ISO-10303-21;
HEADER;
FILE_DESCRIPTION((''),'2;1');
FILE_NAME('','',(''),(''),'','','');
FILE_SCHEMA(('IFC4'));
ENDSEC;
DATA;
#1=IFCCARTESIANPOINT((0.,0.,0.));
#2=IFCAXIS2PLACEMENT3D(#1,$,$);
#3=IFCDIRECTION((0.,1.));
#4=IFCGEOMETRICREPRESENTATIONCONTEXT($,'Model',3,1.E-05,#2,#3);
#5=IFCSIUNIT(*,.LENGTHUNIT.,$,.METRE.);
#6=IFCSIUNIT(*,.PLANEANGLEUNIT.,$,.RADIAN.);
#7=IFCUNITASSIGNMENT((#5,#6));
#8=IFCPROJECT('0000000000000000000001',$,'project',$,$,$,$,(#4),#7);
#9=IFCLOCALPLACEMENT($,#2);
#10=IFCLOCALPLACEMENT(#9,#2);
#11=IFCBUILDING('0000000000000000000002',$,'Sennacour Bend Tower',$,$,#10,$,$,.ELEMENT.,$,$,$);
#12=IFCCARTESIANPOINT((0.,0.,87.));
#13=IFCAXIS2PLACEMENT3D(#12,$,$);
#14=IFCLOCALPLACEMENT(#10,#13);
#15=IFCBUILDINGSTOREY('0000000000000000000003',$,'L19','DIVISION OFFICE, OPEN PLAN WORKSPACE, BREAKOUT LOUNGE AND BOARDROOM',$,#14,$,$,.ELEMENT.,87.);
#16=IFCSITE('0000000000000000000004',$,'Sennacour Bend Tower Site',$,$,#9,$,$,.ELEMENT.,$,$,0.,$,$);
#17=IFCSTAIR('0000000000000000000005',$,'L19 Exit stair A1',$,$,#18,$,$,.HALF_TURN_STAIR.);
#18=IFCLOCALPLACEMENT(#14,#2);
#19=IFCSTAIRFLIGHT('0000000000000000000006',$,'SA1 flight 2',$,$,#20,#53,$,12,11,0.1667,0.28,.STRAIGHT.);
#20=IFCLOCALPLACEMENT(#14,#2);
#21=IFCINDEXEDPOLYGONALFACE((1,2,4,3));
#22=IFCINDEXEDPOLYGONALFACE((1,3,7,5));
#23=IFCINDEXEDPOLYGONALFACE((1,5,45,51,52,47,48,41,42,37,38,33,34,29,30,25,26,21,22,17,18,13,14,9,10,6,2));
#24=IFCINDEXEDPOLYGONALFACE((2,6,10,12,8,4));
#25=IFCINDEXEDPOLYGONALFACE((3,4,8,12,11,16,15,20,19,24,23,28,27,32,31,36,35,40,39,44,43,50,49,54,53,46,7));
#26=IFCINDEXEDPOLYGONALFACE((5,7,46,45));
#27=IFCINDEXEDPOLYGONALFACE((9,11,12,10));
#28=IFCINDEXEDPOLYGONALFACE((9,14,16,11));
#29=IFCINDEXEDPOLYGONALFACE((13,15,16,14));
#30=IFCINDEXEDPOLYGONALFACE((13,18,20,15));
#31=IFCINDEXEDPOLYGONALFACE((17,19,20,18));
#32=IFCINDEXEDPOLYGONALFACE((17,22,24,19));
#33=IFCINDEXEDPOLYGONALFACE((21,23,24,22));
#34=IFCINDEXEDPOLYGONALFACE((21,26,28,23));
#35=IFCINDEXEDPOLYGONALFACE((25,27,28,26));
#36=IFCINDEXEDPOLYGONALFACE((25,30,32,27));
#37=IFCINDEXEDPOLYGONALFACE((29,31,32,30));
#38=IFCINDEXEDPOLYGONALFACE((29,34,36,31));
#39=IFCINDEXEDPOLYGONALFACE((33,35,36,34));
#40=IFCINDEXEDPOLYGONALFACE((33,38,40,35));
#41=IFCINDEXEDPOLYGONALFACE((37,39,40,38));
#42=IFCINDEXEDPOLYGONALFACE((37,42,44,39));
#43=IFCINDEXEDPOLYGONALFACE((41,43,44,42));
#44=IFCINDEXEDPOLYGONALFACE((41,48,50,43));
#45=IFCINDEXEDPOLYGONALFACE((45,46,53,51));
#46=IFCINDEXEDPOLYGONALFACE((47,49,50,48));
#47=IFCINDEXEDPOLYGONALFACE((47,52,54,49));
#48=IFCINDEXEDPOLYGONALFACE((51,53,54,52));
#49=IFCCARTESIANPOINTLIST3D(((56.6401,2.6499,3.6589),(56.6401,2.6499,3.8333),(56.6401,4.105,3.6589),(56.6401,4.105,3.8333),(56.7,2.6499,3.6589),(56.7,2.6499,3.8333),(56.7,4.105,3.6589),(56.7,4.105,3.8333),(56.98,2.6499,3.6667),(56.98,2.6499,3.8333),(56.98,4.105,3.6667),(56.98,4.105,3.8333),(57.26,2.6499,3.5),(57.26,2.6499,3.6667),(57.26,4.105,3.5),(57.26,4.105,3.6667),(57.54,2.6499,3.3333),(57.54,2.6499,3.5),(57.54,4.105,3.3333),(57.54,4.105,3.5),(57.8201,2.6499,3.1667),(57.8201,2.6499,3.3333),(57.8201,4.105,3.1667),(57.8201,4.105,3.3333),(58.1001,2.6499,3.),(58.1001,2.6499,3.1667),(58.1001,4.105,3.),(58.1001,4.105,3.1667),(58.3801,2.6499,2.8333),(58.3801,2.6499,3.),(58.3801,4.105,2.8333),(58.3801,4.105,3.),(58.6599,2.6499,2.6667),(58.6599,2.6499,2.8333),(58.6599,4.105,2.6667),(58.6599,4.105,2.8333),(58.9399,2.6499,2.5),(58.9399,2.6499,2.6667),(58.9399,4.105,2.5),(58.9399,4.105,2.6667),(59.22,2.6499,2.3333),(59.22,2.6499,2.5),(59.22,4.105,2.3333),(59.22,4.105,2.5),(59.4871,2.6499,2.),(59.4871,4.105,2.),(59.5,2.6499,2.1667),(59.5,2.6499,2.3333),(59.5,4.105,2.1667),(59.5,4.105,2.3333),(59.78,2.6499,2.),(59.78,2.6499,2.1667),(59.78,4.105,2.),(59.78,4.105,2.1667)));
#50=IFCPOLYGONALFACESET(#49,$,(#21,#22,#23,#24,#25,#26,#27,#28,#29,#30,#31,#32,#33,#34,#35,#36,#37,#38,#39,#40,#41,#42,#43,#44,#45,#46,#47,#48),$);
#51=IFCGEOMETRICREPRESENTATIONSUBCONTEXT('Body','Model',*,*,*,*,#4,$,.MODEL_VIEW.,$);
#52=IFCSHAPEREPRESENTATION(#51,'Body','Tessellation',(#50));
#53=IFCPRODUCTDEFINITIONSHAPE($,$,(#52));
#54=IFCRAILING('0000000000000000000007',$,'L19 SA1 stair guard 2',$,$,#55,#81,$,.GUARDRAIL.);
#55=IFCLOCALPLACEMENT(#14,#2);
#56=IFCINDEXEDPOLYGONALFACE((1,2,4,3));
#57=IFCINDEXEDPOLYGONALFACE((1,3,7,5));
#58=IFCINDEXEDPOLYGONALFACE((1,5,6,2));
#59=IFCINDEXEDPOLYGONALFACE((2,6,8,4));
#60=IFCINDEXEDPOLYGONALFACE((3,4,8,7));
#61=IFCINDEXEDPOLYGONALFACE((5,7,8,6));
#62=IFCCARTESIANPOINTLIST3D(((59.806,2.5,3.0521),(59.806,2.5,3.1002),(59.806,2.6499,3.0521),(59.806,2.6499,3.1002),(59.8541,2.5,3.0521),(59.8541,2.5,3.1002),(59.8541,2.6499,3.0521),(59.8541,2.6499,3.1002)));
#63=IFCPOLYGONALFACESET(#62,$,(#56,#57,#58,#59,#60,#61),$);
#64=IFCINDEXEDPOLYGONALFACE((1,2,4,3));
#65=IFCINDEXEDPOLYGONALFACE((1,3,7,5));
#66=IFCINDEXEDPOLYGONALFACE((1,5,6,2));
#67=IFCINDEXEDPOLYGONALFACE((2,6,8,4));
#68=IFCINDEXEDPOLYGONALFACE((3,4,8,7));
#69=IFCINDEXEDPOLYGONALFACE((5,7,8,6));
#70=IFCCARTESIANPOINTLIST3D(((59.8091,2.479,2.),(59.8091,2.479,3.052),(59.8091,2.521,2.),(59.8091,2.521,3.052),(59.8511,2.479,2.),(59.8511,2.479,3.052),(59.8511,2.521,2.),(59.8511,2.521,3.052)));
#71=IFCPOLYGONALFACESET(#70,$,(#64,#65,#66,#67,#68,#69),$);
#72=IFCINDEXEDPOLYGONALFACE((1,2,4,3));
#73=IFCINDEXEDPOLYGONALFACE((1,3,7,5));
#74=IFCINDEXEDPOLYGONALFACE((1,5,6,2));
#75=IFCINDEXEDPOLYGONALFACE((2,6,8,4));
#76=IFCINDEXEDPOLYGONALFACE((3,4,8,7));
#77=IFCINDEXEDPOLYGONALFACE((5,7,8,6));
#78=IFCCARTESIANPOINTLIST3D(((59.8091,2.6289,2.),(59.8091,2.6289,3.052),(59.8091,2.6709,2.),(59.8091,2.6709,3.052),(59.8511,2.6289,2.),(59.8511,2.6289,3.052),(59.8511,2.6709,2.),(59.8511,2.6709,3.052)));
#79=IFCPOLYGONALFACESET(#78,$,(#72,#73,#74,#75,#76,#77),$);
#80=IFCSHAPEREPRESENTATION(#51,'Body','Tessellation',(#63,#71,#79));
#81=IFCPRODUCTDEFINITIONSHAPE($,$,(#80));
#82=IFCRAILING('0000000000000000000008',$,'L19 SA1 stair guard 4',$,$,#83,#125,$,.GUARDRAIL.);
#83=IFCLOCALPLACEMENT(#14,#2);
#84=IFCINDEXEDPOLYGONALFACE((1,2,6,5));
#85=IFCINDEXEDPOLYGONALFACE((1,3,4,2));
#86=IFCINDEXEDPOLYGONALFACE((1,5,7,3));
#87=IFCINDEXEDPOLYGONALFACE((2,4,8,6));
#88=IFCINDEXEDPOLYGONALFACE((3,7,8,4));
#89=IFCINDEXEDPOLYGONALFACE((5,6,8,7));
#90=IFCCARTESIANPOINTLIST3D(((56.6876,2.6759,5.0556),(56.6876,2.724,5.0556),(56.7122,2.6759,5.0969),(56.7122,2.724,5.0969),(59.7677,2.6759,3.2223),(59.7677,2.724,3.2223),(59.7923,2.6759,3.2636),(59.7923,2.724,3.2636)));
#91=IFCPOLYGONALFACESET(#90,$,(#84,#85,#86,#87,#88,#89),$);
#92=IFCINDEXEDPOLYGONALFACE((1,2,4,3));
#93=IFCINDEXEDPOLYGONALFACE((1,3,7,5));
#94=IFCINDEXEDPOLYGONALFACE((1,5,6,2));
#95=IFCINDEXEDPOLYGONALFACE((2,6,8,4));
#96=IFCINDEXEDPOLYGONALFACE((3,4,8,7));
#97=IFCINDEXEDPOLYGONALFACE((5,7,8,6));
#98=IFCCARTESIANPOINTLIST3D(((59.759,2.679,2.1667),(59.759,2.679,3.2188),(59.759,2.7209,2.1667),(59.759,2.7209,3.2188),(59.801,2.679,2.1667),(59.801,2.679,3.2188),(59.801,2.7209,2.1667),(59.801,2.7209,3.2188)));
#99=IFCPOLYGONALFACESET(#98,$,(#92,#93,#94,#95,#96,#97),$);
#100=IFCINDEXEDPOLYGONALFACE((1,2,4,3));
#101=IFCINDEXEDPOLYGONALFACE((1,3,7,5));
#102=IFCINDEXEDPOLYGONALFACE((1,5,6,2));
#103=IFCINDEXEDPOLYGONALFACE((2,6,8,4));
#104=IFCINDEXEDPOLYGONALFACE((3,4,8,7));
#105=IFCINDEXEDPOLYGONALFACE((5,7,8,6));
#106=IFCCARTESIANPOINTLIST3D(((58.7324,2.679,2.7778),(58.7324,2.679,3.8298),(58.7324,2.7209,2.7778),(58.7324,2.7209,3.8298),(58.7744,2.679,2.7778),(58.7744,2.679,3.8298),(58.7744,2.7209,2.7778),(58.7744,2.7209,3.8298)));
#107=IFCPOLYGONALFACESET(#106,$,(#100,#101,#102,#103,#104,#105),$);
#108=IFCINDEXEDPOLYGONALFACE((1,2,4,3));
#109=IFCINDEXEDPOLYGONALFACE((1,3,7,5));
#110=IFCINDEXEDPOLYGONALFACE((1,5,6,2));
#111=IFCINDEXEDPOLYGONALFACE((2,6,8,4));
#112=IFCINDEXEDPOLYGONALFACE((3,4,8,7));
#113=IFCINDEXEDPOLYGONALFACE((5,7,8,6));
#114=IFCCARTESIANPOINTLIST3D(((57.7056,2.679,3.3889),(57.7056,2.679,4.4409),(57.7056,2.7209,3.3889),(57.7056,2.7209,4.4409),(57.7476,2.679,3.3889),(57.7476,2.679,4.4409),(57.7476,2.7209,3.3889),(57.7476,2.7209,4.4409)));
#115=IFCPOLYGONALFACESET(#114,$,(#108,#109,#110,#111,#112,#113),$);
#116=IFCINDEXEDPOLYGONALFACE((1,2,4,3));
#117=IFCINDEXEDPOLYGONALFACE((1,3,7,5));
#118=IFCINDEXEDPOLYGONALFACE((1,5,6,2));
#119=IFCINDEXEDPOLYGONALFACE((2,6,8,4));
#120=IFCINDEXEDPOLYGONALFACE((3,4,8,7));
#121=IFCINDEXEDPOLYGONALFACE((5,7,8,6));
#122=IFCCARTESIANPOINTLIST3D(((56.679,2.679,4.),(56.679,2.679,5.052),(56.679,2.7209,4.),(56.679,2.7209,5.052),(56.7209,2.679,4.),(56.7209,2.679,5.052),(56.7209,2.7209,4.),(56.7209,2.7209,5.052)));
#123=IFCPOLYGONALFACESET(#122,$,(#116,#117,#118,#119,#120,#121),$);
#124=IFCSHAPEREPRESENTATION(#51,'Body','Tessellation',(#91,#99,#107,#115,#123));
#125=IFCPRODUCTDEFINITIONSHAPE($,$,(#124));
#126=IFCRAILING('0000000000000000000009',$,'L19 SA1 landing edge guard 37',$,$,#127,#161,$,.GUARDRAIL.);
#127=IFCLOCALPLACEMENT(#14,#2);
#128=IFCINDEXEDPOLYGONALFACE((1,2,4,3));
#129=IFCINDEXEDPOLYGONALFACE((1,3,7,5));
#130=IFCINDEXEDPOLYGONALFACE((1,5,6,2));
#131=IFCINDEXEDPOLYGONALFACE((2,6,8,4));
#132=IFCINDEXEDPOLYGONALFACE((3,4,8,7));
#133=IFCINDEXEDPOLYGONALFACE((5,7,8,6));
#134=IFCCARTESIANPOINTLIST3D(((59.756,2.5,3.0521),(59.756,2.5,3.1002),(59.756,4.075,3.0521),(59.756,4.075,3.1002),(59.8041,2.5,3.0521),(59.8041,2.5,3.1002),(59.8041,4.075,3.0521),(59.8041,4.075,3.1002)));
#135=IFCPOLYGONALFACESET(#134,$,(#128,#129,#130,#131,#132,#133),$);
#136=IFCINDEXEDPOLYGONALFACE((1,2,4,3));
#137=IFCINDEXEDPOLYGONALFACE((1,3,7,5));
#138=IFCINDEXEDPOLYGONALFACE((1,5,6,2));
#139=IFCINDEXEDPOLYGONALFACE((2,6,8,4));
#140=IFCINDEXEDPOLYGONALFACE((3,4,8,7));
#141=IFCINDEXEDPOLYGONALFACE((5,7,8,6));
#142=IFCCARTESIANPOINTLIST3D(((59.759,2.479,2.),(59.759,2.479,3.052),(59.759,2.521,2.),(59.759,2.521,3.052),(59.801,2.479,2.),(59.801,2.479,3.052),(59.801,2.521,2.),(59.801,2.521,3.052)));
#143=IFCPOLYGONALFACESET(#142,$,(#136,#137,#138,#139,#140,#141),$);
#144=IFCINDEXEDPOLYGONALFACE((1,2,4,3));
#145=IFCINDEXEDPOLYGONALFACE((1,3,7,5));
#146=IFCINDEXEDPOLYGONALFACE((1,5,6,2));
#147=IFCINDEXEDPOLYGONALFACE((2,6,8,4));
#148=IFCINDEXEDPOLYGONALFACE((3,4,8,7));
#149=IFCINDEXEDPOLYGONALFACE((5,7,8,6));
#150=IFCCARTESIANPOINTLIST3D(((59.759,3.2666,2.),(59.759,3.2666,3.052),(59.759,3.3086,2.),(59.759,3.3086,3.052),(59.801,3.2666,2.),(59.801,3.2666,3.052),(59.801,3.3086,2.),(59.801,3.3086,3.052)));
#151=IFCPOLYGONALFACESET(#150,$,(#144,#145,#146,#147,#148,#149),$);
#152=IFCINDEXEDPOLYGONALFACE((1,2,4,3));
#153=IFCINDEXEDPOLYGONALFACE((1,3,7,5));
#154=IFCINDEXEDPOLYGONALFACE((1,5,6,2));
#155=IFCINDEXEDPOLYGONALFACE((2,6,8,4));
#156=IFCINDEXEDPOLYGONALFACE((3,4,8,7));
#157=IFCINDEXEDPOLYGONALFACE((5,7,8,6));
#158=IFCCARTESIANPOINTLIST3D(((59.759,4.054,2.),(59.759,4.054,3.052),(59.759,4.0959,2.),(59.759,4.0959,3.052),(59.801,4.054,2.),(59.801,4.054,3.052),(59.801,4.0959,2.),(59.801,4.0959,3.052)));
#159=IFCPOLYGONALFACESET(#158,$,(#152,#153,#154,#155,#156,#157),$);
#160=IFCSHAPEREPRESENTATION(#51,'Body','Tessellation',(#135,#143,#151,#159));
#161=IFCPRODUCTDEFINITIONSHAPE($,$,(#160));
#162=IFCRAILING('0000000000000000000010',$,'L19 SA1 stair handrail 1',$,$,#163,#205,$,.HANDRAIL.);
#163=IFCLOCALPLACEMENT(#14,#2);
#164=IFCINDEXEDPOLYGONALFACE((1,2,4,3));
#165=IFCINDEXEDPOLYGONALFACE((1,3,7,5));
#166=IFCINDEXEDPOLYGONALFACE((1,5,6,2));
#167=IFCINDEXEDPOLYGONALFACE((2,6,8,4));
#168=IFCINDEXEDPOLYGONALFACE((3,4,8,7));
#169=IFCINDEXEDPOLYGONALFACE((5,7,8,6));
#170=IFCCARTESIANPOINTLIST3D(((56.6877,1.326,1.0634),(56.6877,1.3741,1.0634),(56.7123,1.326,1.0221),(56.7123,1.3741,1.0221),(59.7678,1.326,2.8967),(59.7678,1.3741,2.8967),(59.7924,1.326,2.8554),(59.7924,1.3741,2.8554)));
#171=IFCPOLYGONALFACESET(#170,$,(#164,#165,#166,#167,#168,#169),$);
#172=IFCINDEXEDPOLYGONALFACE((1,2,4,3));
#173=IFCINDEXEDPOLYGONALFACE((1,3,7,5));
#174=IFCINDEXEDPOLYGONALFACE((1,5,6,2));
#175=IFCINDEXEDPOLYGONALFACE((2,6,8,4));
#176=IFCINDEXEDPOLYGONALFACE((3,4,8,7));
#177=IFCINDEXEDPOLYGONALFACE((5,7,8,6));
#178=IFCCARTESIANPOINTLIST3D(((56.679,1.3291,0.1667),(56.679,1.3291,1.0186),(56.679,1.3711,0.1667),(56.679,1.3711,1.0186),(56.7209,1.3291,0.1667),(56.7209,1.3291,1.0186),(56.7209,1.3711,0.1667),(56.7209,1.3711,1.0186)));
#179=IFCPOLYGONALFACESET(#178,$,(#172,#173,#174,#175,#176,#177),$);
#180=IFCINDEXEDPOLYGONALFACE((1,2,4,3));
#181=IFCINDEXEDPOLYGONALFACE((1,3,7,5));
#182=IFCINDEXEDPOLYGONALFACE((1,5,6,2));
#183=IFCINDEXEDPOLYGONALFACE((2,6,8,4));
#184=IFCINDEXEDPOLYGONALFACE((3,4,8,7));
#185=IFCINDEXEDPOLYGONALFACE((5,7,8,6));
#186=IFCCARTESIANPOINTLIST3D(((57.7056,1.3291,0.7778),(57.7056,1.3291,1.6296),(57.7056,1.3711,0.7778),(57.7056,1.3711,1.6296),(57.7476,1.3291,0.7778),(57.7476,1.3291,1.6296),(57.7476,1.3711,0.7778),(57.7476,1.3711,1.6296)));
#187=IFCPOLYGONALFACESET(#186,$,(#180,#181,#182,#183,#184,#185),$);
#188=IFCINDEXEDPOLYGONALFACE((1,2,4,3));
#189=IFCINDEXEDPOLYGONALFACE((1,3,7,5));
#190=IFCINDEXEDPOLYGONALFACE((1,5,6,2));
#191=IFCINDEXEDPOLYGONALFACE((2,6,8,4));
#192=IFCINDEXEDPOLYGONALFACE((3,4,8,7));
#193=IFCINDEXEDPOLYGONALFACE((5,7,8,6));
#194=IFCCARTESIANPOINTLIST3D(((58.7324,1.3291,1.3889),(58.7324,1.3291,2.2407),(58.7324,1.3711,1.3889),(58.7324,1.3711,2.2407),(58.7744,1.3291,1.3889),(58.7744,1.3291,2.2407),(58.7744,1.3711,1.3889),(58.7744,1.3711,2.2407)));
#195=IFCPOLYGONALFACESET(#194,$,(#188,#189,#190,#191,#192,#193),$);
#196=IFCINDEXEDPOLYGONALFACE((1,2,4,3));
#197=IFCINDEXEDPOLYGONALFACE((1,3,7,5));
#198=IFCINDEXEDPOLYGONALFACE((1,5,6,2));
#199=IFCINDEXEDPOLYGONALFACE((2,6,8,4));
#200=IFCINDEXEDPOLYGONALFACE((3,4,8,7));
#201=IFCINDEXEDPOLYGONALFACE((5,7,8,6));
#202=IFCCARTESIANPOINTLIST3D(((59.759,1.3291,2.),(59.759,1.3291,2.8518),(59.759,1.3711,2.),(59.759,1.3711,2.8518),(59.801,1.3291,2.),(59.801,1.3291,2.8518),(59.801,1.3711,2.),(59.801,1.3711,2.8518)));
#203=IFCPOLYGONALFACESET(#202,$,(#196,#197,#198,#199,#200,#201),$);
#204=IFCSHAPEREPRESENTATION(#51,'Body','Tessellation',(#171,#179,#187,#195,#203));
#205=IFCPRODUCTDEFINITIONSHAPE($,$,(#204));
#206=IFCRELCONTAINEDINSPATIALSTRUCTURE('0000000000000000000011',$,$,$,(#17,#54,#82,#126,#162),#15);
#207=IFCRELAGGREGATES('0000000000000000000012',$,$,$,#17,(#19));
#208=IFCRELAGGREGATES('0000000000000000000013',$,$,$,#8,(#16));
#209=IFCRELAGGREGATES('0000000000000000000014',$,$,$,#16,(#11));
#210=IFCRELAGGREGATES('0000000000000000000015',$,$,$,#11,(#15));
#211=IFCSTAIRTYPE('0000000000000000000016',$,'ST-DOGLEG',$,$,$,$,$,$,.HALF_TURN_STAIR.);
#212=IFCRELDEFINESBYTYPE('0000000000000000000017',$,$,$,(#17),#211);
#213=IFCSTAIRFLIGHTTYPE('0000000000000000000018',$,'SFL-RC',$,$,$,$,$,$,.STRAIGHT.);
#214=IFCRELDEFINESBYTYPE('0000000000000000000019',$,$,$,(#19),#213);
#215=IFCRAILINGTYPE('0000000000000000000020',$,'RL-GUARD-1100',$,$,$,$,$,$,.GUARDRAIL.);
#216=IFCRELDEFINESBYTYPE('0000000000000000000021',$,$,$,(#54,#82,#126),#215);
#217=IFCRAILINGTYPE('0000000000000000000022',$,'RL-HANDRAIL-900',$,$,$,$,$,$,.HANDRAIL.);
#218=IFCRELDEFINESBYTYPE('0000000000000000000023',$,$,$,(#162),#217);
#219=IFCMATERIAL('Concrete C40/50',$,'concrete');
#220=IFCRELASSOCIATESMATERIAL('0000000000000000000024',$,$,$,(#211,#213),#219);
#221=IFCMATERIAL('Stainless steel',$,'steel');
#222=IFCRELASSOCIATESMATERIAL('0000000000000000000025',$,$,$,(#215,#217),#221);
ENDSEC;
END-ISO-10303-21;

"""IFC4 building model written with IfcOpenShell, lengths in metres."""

from ifc_helpers import new_model, si_unit, direction, frame, origin, origin_2d, place, context, subcontext, project, spatial, polyline, rectangle, outline, extrude, material, type_object, element, aggregate, save


model = new_model("IFC4")

# Units and contexts
model_context = context("Model", 3, precision=1e-05, world=origin(), true_north=direction((0.0, 1.0)))
body_context = subcontext(model_context, "Body", "Model", "MODEL_VIEW")
ifc_project = project(units=[si_unit("LENGTHUNIT", "METRE"), si_unit("PLANEANGLEUNIT", "RADIAN")], contexts=[model_context])

# Site, building, storey
site_placement = place(None, origin())
site = spatial("IfcSite", under=ifc_project, at=site_placement, Name="Sennacour Bend Tower Site", CompositionType="ELEMENT", RefElevation=0.0)
building_placement = place(site_placement, origin())
building = spatial("IfcBuilding", under=site, at=building_placement, Name="Sennacour Bend Tower", CompositionType="ELEMENT")
storey_placement = place(building_placement, frame((0.0, 0.0, 87.0)))
storey = spatial("IfcBuildingStorey", under=building, at=storey_placement, Name="L19", Description="DIVISION OFFICE, OPEN PLAN WORKSPACE, BREAKOUT LOUNGE AND BOARDROOM", CompositionType="ELEMENT", Elevation=87.0)

# Shared definitions
ifc_material_1 = material(Name="Stainless steel", Category="steel")

# Stair, stair flight
ifc_material_2 = material(Name="Concrete C40/50", Category="concrete")
stair_type = type_object("IfcStairType", Name="ST-DOGLEG", PredefinedType="HALF_TURN_STAIR", material=ifc_material_2)
stair_placement = place(storey_placement, origin())
stair = element("IfcStair", 1, at=stair_placement, inside=storey, type_object=stair_type, Name="L19 Exit stair A1", PredefinedType="HALF_TURN_STAIR")
stair_flight_type = type_object("IfcStairFlightType", Name="SFL-RC", PredefinedType="STRAIGHT", material=ifc_material_2)
stair_flight_placement = place(storey_placement, frame((59.78, 3.3774, 2.0), z_axis=(0.0, 0.0, 1.0), x_axis=(-1.0, 0.0, 0.0)))
stair_flight = element("IfcStairFlight", 2, at=stair_flight_placement, type_object=stair_flight_type, Name="SA1 flight 2", NumberOfRisers=12, NumberOfTreads=11, PredefinedType="STRAIGHT", RiserHeight=0.1667, TreadLength=0.28, context=body_context, shape_type="SweptSolid", body=[
    extrude(outline(polyline([(0.0, 0.0), (0.0, 0.1667), (0.28, 0.1667), (0.28, 0.3333), (0.5601, 0.3333), (0.5601, 0.5), (0.8401, 0.5), (0.8401, 0.6667), (1.1201, 0.6667), (1.1201, 0.8333), (1.3999, 0.8333), (1.3999, 1.0), (1.6799, 1.0), (1.6799, 1.1667), (1.96, 1.1667), (1.96, 1.3333), (2.24, 1.3333), (2.24, 1.5), (2.52, 1.5), (2.52, 1.6667), (2.8, 1.6667), (2.8, 1.8333), (3.0801, 1.8333), (3.1399, 1.8333), (3.1399, 1.6589), (3.0801, 1.6589), (0.293, 0.0), (0.0, 0.0)])), frame((0.0, 0.7275, 0.0), z_axis=(0.0, -1.0, 0.0), x_axis=(1.0, 0.0, 0.0)), (0.0, 0.0, 1.0), 1.4551),
])
aggregate(stair, [stair_flight])

# Railings
railing_type_1 = type_object("IfcRailingType", Name="RL-GUARD-1100", PredefinedType="GUARDRAIL", material=ifc_material_1)
railing_1_placement = place(storey_placement, frame((59.8301, 2.5, 2.0)))
element("IfcRailing", 3, at=railing_1_placement, inside=storey, type_object=railing_type_1, Name="L19 SA1 stair guard 2", PredefinedType="GUARDRAIL", context=body_context, shape_type="SweptSolid", body=[
    extrude(rectangle(XDim=0.0481, YDim=0.0481, at=origin_2d()), frame((0.0, 0.0, 1.0762), z_axis=(0.0, 1.0, 0.0), x_axis=(-1.0, 0.0, 0.0)), (0.0, 0.0, 1.0), 0.1499),
    extrude(rectangle(XDim=0.042, YDim=0.042, at=origin_2d()), origin(), (0.0, 0.0, 1.0), 1.052),
    extrude(rectangle(XDim=0.042, YDim=0.042, at=origin_2d()), frame((0.0, 0.1499, 0.0)), (0.0, 0.0, 1.0), 1.052),
])
railing_2_placement = place(storey_placement, frame((59.78, 2.7, 2.1667)))
element("IfcRailing", 4, at=railing_2_placement, inside=storey, type_object=railing_type_1, Name="L19 SA1 stair guard 4", PredefinedType="GUARDRAIL", context=body_context, shape_type="SweptSolid", body=[
    extrude(rectangle(XDim=0.0481, YDim=0.0481, at=origin_2d()), frame((0.0, 0.0, 1.0762), z_axis=(-0.859309, 0.0, 0.511458), x_axis=(0.0, -1.0, 0.0)), (0.0, 0.0, 1.0), 3.5845),
    extrude(rectangle(XDim=0.042, YDim=0.042, at=origin_2d()), origin(), (0.0, 0.0, 1.0), 1.052),
    extrude(rectangle(XDim=0.042, YDim=0.042, at=origin_2d()), frame((-1.0266, 0.0, 0.6111)), (0.0, 0.0, 1.0), 1.052),
    extrude(rectangle(XDim=0.042, YDim=0.042, at=origin_2d()), frame((-2.0535, 0.0, 1.2222)), (0.0, 0.0, 1.0), 1.052),
    extrude(rectangle(XDim=0.042, YDim=0.042, at=origin_2d()), frame((-3.0801, 0.0, 1.8333)), (0.0, 0.0, 1.0), 1.052),
])
railing_3_placement = place(storey_placement, frame((59.78, 2.5, 2.0)))
element("IfcRailing", 5, at=railing_3_placement, inside=storey, type_object=railing_type_1, Name="L19 SA1 landing edge guard 37", PredefinedType="GUARDRAIL", context=body_context, shape_type="SweptSolid", body=[
    extrude(rectangle(XDim=0.0481, YDim=0.0481, at=origin_2d()), frame((0.0, 0.0, 1.0762), z_axis=(0.0, 1.0, 0.0), x_axis=(-1.0, 0.0, 0.0)), (0.0, 0.0, 1.0), 1.575),
    extrude(rectangle(XDim=0.042, YDim=0.042, at=origin_2d()), origin(), (0.0, 0.0, 1.0), 1.052),
    extrude(rectangle(XDim=0.042, YDim=0.042, at=origin_2d()), frame((0.0, 0.7876, 0.0)), (0.0, 0.0, 1.0), 1.052),
    extrude(rectangle(XDim=0.042, YDim=0.042, at=origin_2d()), frame((0.0, 1.575, 0.0)), (0.0, 0.0, 1.0), 1.052),
])
railing_type_2 = type_object("IfcRailingType", Name="RL-HANDRAIL-900", PredefinedType="HANDRAIL", material=ifc_material_1)
railing_4_placement = place(storey_placement, frame((56.7, 1.3501, 0.1667)))
element("IfcRailing", 6, at=railing_4_placement, inside=storey, type_object=railing_type_2, Name="L19 SA1 stair handrail 1", PredefinedType="HANDRAIL", context=body_context, shape_type="SweptSolid", body=[
    extrude(rectangle(XDim=0.0481, YDim=0.0481, at=origin_2d()), frame((0.0, 0.0, 0.876), z_axis=(0.859309, 0.0, 0.511458), x_axis=(0.0, 1.0, 0.0)), (0.0, 0.0, 1.0), 3.5845),
    extrude(rectangle(XDim=0.042, YDim=0.042, at=origin_2d()), origin(), (0.0, 0.0, 1.0), 0.8518),
    extrude(rectangle(XDim=0.042, YDim=0.042, at=origin_2d()), frame((1.0266, 0.0, 0.6111)), (0.0, 0.0, 1.0), 0.8518),
    extrude(rectangle(XDim=0.042, YDim=0.042, at=origin_2d()), frame((2.0535, 0.0, 1.2222)), (0.0, 0.0, 1.0), 0.8518),
    extrude(rectangle(XDim=0.042, YDim=0.042, at=origin_2d()), frame((3.0801, 0.0, 1.8333)), (0.0, 0.0, 1.0), 0.8518),
])

save(model, "model.ifc")
